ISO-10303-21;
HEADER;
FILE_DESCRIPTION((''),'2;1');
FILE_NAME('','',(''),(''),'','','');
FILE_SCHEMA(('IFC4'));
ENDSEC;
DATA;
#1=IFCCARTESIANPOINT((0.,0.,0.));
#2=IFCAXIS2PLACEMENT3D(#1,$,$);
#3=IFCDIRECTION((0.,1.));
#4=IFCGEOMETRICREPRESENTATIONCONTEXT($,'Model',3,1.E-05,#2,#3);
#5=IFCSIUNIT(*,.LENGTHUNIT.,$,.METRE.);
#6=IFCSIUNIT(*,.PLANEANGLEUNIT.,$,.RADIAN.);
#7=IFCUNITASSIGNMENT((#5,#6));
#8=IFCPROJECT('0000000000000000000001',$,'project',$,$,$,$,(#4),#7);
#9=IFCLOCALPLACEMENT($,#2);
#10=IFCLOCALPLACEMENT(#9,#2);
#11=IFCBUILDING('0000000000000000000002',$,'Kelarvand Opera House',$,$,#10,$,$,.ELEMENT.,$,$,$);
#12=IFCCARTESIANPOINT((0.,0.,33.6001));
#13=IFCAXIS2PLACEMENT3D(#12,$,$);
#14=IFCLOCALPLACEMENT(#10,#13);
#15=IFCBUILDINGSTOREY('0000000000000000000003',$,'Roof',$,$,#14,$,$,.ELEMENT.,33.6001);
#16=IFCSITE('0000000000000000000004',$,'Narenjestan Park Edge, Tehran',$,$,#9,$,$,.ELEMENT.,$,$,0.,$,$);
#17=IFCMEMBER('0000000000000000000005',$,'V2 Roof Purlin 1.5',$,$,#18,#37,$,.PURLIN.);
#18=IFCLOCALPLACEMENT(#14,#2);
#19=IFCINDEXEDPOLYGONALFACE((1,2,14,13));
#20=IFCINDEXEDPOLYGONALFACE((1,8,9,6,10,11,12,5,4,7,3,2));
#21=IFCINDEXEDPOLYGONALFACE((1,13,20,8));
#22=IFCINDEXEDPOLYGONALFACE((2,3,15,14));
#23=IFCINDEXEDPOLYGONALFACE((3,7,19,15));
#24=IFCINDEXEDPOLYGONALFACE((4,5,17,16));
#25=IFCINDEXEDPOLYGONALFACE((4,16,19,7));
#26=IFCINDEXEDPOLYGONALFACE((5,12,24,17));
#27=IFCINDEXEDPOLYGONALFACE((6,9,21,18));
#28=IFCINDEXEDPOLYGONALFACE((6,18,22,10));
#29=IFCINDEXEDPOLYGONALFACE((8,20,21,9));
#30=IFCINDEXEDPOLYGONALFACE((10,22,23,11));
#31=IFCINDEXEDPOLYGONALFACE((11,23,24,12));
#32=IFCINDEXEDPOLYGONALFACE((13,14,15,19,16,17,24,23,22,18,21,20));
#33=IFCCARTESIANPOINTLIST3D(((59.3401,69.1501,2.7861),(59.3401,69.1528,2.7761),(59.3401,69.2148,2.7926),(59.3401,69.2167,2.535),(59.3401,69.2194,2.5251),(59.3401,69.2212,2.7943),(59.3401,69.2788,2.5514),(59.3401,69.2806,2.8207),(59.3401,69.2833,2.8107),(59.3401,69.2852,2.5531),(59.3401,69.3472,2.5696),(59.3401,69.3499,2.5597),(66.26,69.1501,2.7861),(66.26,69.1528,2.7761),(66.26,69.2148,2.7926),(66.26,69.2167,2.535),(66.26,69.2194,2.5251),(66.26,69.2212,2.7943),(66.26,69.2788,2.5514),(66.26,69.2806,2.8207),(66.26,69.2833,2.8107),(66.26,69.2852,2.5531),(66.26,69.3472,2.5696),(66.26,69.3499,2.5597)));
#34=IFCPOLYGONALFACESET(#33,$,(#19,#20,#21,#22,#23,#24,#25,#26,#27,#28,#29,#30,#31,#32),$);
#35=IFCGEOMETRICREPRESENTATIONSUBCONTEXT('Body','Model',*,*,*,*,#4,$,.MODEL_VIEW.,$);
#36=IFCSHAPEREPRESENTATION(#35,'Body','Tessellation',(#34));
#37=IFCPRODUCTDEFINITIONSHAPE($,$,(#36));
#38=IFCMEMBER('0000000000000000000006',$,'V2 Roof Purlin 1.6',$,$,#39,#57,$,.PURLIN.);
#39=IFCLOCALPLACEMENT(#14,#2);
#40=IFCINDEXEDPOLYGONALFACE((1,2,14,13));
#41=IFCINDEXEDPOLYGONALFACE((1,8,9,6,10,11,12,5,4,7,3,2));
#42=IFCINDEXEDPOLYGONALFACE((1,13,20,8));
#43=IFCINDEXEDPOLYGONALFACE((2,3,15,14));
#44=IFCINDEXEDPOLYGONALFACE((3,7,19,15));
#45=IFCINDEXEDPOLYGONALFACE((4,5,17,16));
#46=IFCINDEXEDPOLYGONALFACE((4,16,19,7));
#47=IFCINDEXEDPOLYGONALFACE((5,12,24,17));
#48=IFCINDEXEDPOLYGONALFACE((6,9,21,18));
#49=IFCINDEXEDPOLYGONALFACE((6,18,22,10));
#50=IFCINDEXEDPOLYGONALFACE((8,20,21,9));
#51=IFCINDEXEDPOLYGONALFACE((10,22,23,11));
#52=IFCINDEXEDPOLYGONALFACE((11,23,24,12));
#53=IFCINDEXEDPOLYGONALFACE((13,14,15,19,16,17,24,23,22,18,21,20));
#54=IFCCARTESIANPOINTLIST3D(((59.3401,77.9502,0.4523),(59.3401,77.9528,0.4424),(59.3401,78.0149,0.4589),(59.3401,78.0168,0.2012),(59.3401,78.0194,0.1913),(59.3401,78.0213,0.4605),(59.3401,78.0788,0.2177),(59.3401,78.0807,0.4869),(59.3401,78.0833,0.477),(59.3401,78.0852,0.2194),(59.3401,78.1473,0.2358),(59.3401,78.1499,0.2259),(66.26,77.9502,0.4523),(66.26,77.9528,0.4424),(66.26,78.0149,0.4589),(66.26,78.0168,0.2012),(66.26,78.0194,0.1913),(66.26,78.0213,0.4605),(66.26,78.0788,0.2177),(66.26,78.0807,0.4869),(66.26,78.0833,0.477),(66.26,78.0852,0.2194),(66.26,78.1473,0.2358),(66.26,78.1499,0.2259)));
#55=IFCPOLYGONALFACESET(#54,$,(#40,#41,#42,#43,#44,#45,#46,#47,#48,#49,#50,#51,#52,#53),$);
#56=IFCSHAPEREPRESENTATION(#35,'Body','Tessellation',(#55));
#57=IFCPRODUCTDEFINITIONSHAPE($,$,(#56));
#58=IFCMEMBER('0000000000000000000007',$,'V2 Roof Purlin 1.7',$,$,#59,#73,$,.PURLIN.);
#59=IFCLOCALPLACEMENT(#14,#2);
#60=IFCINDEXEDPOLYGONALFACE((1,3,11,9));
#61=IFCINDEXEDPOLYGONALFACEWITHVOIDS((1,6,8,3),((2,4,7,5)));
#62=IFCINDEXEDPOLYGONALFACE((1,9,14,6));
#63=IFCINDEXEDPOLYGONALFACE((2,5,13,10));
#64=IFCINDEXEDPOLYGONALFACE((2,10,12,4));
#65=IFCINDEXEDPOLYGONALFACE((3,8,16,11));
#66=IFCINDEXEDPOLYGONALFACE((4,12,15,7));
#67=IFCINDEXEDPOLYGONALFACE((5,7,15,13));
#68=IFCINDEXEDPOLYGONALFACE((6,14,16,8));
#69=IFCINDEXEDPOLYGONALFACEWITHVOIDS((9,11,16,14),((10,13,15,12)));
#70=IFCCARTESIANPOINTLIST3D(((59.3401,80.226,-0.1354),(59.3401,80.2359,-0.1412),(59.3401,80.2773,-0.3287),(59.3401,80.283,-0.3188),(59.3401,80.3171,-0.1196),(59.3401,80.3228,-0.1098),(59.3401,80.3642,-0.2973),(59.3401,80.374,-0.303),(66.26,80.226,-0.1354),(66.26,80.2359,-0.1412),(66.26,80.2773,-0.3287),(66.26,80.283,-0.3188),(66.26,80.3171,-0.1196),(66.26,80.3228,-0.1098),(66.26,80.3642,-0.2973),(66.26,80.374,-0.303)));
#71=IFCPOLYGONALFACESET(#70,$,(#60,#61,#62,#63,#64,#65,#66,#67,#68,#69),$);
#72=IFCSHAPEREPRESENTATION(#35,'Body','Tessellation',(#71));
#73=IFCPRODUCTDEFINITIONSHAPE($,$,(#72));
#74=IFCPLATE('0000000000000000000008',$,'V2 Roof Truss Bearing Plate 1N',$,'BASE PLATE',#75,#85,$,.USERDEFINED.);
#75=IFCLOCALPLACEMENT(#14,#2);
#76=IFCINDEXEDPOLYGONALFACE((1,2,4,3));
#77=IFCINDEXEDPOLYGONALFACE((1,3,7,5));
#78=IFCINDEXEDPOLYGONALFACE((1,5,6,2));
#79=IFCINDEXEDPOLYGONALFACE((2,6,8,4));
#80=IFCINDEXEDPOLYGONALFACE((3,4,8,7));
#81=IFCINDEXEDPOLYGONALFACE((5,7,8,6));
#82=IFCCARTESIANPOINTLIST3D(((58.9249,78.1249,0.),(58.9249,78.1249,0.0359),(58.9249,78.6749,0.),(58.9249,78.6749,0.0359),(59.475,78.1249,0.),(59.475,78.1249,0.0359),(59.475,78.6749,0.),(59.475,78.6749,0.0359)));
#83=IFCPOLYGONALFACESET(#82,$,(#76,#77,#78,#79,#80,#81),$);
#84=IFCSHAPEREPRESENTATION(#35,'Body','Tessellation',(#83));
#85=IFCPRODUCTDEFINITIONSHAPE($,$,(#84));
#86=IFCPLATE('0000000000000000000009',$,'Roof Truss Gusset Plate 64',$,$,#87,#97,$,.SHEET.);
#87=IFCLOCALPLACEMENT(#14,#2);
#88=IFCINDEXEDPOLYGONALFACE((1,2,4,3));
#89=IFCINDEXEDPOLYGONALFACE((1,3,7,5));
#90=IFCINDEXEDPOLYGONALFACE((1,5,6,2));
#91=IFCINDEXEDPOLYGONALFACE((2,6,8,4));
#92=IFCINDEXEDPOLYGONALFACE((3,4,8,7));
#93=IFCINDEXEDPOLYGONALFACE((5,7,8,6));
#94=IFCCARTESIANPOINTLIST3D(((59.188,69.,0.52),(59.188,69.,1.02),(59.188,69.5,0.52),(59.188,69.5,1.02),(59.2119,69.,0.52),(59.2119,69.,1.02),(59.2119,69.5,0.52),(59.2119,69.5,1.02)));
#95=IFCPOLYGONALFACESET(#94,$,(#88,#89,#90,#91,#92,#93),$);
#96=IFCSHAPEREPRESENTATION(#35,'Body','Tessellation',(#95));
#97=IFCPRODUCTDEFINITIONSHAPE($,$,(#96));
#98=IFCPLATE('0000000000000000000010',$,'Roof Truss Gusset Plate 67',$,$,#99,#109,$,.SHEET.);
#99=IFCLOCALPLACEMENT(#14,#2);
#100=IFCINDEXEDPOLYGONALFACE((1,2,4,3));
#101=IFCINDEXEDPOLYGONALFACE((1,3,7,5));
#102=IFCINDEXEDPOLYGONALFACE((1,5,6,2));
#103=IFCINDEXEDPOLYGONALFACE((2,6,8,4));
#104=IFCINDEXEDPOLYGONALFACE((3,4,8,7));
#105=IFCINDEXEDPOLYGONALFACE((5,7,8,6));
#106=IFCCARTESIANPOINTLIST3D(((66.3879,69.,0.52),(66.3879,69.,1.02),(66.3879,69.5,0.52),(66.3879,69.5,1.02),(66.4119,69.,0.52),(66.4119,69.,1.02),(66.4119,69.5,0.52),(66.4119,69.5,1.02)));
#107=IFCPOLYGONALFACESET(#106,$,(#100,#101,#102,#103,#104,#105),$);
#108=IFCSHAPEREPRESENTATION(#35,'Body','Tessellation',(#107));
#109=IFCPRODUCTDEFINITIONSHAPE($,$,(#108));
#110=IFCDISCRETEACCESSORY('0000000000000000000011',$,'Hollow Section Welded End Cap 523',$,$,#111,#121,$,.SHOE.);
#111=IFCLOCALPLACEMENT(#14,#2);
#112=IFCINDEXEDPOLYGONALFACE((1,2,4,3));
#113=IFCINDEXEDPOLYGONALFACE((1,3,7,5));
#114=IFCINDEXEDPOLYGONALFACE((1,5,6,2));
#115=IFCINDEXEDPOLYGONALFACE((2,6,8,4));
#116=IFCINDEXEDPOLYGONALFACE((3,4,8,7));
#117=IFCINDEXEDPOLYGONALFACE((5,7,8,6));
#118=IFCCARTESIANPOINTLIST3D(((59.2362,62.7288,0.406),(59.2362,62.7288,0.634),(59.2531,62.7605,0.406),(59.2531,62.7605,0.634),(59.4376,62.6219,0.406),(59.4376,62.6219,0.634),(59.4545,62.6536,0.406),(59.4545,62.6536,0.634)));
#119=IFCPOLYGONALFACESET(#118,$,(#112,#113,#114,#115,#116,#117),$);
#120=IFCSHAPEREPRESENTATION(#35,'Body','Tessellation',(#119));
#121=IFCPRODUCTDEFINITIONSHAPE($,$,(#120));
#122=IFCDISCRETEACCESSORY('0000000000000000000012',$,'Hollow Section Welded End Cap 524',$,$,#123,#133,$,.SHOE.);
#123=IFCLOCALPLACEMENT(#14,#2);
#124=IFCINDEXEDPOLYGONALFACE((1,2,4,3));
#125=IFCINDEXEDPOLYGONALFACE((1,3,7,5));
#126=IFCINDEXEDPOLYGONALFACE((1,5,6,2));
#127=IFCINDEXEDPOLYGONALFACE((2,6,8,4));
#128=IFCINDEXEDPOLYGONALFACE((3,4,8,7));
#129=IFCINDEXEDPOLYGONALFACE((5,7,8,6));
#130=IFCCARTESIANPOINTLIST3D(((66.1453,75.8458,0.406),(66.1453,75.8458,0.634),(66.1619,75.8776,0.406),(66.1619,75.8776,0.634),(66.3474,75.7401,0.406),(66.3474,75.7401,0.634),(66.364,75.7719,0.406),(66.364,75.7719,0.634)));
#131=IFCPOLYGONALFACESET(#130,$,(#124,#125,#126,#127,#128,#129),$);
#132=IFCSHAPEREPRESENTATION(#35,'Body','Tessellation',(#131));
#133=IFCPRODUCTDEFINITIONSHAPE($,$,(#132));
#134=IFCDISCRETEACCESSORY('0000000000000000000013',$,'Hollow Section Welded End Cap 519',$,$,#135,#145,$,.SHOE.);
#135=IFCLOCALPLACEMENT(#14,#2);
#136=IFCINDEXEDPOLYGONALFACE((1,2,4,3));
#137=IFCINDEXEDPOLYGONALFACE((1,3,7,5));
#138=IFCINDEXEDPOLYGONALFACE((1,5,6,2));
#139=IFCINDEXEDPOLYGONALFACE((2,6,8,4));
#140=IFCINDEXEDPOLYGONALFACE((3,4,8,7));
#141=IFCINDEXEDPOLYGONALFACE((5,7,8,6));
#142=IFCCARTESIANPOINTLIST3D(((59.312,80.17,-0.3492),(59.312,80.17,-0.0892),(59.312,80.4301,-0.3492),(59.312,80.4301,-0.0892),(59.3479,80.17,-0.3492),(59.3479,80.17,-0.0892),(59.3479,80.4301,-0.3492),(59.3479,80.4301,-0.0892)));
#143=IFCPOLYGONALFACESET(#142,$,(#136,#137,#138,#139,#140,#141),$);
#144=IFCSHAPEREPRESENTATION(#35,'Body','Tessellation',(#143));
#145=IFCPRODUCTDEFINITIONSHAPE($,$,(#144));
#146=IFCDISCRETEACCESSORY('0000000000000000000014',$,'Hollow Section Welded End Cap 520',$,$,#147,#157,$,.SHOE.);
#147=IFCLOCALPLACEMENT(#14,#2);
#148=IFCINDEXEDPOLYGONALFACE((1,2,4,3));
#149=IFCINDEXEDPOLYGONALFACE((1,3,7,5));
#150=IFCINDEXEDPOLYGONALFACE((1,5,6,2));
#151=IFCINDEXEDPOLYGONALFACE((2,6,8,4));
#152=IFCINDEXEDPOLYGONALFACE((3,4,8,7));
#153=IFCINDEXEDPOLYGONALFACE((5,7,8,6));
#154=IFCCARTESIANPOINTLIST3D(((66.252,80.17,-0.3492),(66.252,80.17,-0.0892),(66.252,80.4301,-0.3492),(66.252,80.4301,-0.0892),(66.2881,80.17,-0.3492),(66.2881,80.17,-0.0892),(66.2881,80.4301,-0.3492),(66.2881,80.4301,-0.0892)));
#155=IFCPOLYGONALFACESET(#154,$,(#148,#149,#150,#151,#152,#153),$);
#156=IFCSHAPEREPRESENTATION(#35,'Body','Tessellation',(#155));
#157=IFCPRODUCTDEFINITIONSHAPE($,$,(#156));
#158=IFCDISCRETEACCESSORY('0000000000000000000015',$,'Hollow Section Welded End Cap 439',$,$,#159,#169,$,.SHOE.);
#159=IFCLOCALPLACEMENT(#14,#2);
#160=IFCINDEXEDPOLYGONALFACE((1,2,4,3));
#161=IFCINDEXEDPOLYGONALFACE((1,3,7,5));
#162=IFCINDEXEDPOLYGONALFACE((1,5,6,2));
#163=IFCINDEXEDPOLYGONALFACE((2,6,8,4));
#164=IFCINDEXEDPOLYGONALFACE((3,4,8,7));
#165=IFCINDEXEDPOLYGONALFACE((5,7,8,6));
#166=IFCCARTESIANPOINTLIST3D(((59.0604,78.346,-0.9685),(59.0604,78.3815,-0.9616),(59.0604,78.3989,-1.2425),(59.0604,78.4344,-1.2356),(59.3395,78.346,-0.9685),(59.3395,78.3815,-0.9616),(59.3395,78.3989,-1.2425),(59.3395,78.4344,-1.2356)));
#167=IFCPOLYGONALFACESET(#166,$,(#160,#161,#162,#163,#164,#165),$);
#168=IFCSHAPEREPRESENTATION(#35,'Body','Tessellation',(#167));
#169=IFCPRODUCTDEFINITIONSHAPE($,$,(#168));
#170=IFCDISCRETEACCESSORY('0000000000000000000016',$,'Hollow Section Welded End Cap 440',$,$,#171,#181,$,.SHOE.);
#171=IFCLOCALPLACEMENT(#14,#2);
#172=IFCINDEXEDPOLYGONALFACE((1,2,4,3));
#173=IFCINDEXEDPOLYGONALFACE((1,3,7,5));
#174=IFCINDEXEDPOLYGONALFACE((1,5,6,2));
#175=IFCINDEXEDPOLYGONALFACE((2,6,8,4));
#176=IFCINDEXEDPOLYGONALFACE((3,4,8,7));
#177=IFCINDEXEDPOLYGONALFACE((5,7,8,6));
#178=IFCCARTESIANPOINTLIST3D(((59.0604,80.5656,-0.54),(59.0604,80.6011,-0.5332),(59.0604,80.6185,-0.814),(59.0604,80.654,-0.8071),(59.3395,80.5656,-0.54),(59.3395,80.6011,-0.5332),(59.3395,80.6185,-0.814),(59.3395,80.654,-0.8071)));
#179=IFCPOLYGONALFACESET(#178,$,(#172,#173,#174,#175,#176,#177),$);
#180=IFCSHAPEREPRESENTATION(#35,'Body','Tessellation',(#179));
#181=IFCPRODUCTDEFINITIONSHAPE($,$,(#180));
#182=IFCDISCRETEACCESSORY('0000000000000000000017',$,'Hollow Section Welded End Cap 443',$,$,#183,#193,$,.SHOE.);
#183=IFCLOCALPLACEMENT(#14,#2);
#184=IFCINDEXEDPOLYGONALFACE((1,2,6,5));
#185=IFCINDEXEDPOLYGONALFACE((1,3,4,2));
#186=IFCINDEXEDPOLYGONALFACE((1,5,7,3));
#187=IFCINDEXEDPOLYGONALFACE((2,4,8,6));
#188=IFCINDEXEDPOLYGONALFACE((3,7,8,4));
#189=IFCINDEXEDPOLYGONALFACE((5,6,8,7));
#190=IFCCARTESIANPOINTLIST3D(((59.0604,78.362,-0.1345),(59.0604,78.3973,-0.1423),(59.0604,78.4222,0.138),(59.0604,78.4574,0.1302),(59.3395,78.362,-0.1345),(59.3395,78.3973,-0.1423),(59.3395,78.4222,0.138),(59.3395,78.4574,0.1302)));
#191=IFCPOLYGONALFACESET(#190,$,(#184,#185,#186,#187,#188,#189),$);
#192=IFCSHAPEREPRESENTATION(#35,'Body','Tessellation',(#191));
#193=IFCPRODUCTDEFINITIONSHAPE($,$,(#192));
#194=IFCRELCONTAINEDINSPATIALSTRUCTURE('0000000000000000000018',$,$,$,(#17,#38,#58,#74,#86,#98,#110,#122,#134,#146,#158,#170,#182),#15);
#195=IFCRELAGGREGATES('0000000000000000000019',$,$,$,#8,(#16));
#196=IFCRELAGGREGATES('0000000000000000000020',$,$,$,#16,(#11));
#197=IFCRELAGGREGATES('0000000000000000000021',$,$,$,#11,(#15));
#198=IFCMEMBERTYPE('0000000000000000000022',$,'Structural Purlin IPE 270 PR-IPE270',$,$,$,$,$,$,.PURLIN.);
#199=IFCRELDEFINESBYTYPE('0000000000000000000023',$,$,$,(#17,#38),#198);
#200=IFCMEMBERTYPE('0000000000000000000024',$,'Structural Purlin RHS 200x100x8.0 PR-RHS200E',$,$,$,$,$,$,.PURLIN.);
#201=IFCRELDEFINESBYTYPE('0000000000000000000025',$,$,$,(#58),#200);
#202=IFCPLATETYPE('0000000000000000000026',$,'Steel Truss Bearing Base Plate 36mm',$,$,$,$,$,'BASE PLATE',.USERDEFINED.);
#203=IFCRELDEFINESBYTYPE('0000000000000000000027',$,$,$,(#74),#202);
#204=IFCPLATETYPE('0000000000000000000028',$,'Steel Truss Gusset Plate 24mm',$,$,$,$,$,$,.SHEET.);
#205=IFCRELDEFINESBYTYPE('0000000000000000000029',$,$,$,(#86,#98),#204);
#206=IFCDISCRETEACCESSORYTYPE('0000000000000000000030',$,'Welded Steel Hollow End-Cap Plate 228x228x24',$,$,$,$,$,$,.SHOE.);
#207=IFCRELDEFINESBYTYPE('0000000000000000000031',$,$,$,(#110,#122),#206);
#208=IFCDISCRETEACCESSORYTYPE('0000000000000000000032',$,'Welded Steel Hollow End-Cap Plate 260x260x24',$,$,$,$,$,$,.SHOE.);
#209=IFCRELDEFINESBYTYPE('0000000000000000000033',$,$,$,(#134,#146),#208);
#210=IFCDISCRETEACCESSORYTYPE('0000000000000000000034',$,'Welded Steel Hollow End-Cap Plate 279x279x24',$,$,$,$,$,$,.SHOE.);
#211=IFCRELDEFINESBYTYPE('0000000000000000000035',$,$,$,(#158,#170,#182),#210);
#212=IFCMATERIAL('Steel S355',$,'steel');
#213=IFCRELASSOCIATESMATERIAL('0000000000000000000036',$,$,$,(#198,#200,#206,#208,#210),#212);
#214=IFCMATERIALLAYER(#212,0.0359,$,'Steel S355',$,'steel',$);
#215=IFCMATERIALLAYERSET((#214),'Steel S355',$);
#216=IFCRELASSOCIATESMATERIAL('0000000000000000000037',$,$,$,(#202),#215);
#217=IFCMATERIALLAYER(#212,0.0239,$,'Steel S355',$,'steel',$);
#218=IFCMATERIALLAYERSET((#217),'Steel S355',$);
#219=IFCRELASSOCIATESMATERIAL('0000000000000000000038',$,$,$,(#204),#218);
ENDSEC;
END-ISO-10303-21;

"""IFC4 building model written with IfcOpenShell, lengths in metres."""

from ifc_helpers import new_model, si_unit, direction, frame, origin, origin_2d, place, context, subcontext, project, spatial, rectangle, hollow_rectangle, i_section, extrude, material, layer, layer_set, material_profile, profile_set, type_object, element, save


model = new_model("IFC4")

# Units and contexts
model_context = context("Model", 3, precision=1e-05, world=origin(), true_north=direction((0.0, 1.0)))
body_context = subcontext(model_context, "Body", "Model", "MODEL_VIEW")
ifc_project = project(units=[si_unit("LENGTHUNIT", "METRE"), si_unit("PLANEANGLEUNIT", "RADIAN")], contexts=[model_context])

# Site, building, storey
site_placement = place(None, origin())
site = spatial("IfcSite", under=ifc_project, at=site_placement, Name="Narenjestan Park Edge, Tehran", CompositionType="ELEMENT", RefElevation=0.0)
building_placement = place(site_placement, origin())
building = spatial("IfcBuilding", under=site, at=building_placement, Name="Kelarvand Opera House", CompositionType="ELEMENT")
storey_placement = place(building_placement, frame((0.0, 0.0, 33.6001)))
storey = spatial("IfcBuildingStorey", under=building, at=storey_placement, Name="Roof", CompositionType="ELEMENT", Elevation=33.6001)

# Members
ifc_material = material(Name="Steel S355", Category="steel")
ifc_material_profile_1 = material_profile(ifc_material, i_section(OverallWidth=0.135, OverallDepth=0.27, WebThickness=0.0066, FlangeThickness=0.0103, at=origin_2d()), Name="IPE 270", Category="steel")
ifc_profile_set_1 = profile_set([ifc_material_profile_1], Name="Steel S355")
member_type_1 = type_object("IfcMemberType", Name="Structural Purlin IPE 270 PR-IPE270", PredefinedType="PURLIN", material=ifc_profile_set_1)
for number, where, z_axis, x_axis, name in (
    (1, (59.3401, 69.25, 2.6729), (1.0, 0.0, 0.0), (0.0, 0.9666, 0.256289), "V2 Roof Purlin 1.5"),
    (2, (59.3401, 78.05, 0.3391), (1.0, 0.0, 0.0), (0.0, 0.9666, 0.256289), "V2 Roof Purlin 1.6"),
):
    element("IfcMember", number, at=place(storey_placement, frame(where, z_axis=z_axis, x_axis=x_axis)), inside=storey, type_object=member_type_1, Name=name, PredefinedType="PURLIN", context=body_context, shape_type="SweptSolid", body=[
        extrude(i_section(OverallWidth=0.135, OverallDepth=0.27, WebThickness=0.0066, FlangeThickness=0.0103, at=origin_2d()), origin(), (0.0, 0.0, 1.0), 6.9199),
    ])
ifc_material_profile_2 = material_profile(ifc_material, hollow_rectangle(XDim=0.1001, YDim=0.2, WallThickness=0.0081, at=origin_2d()), Name="RHS 200x100x8.0", Category="steel")
ifc_profile_set_2 = profile_set([ifc_material_profile_2], Name="Steel S355")
member_type_2 = type_object("IfcMemberType", Name="Structural Purlin RHS 200x100x8.0 PR-RHS200E", PredefinedType="PURLIN", material=ifc_profile_set_2)
member_1_placement = place(storey_placement, frame((59.3401, 80.3, -0.2192), z_axis=(1.0, 0.0, 0.0), x_axis=(0.0, 0.9666, 0.256289)))
element("IfcMember", 3, at=member_1_placement, inside=storey, type_object=member_type_2, Name="V2 Roof Purlin 1.7", PredefinedType="PURLIN", context=body_context, shape_type="SweptSolid", body=[
    extrude(hollow_rectangle(XDim=0.1001, YDim=0.2, WallThickness=0.0081, at=origin_2d()), origin(), (0.0, 0.0, 1.0), 6.9199),
])

# Plates
ifc_layer_1 = layer(ifc_material, 0.0359, Name="Steel S355", Category="steel")
ifc_layer_set_1 = layer_set([ifc_layer_1], Name="Steel S355")
plate_type_1 = type_object("IfcPlateType", Name="Steel Truss Bearing Base Plate 36mm", ElementType="BASE PLATE", PredefinedType="USERDEFINED", material=ifc_layer_set_1)
plate_placement = place(storey_placement, frame((59.2, 78.3999, 0.0), z_axis=(0.0, 0.0, 1.0), x_axis=(1.0, 0.0, 0.0)))
element("IfcPlate", 4, at=plate_placement, inside=storey, type_object=plate_type_1, Name="V2 Roof Truss Bearing Plate 1N", ObjectType="BASE PLATE", PredefinedType="USERDEFINED", context=body_context, shape_type="SweptSolid", body=[
    extrude(rectangle(XDim=0.55, YDim=0.55, at=origin_2d()), origin(), (0.0, 0.0, 1.0), 0.0359),
])
ifc_layer_2 = layer(ifc_material, 0.0239, Name="Steel S355", Category="steel")
ifc_layer_set_2 = layer_set([ifc_layer_2], Name="Steel S355")
plate_type_2 = type_object("IfcPlateType", Name="Steel Truss Gusset Plate 24mm", PredefinedType="SHEET", material=ifc_layer_set_2)
for number, where, z_axis, x_axis, name in (
    (5, (59.2, 69.25, 0.52), (0.0, 0.0, 1.0), (1.0, 0.0, 0.0), "Roof Truss Gusset Plate 64"),
    (6, (66.3999, 69.25, 0.52), (0.0, 0.0, 1.0), (1.0, 0.0, 0.0), "Roof Truss Gusset Plate 67"),
):
    element("IfcPlate", number, at=place(storey_placement, frame(where, z_axis=z_axis, x_axis=x_axis)), inside=storey, type_object=plate_type_2, Name=name, PredefinedType="SHEET", context=body_context, shape_type="SweptSolid", body=[
        extrude(rectangle(XDim=0.0239, YDim=0.5, at=origin_2d()), origin(), (0.0, 0.0, 1.0), 0.5),
    ])

# Discrete accessories
ifc_material_profile_3 = material_profile(ifc_material, rectangle(XDim=0.228, YDim=0.228, at=origin_2d()), Name="Welded Steel Hollow End-Cap Plate 228x228x24", Category="steel")
ifc_profile_set_3 = profile_set([ifc_material_profile_3], Name="Steel S355")
discrete_accessory_type_1 = type_object("IfcDiscreteAccessoryType", Name="Welded Steel Hollow End-Cap Plate 228x228x24", PredefinedType="SHOE", material=ifc_profile_set_3)
for number, where, z_axis, x_axis, name in (
    (7, (59.3538, 62.707, 0.52), (-0.468824, -0.883292, 0.0), (0.883292, -0.468824, 0.0), "Hollow Section Welded End Cap 523"),
    (8, (66.2463, 75.793, 0.52), (0.463498, 0.886098, 0.0), (-0.886098, 0.463498, 0.0), "Hollow Section Welded End Cap 524"),
):
    element("IfcDiscreteAccessory", number, at=place(storey_placement, frame(where, z_axis=z_axis, x_axis=x_axis)), inside=storey, type_object=discrete_accessory_type_1, Name=name, PredefinedType="SHOE", context=body_context, shape_type="SweptSolid", body=[
        extrude(rectangle(XDim=0.228, YDim=0.228, at=origin_2d()), origin(), (0.0, 0.0, 1.0), 0.0359),
    ])
ifc_material_profile_4 = material_profile(ifc_material, rectangle(XDim=0.26, YDim=0.26, at=origin_2d()), Name="Welded Steel Hollow End-Cap Plate 260x260x24", Category="steel")
ifc_profile_set_4 = profile_set([ifc_material_profile_4], Name="Steel S355")
discrete_accessory_type_2 = type_object("IfcDiscreteAccessoryType", Name="Welded Steel Hollow End-Cap Plate 260x260x24", PredefinedType="SHOE", material=ifc_profile_set_4)
discrete_accessory_1_placement = place(storey_placement, frame((59.3479, 80.3, -0.2192), z_axis=(-1.0, 0.0, 0.0), x_axis=(0.0, -1.0, 0.0)))
element("IfcDiscreteAccessory", 9, at=discrete_accessory_1_placement, inside=storey, type_object=discrete_accessory_type_2, Name="Hollow Section Welded End Cap 519", PredefinedType="SHOE", context=body_context, shape_type="SweptSolid", body=[
    extrude(rectangle(XDim=0.26, YDim=0.26, at=origin_2d()), origin(), (0.0, 0.0, 1.0), 0.0359),
])
discrete_accessory_2_placement = place(storey_placement, frame((66.252, 80.3, -0.2192), z_axis=(1.0, 0.0, 0.0), x_axis=(0.0, 1.0, 0.0)))
element("IfcDiscreteAccessory", 10, at=discrete_accessory_2_placement, inside=storey, type_object=discrete_accessory_type_2, Name="Hollow Section Welded End Cap 520", PredefinedType="SHOE", context=body_context, shape_type="SweptSolid", body=[
    extrude(rectangle(XDim=0.26, YDim=0.26, at=origin_2d()), origin(), (0.0, 0.0, 1.0), 0.0361),
])
ifc_material_profile_5 = material_profile(ifc_material, rectangle(XDim=0.2791, YDim=0.2791, at=origin_2d()), Name="Welded Steel Hollow End-Cap Plate 279x279x24", Category="steel")
ifc_profile_set_5 = profile_set([ifc_material_profile_5], Name="Steel S355")
discrete_accessory_type_3 = type_object("IfcDiscreteAccessoryType", Name="Welded Steel Hollow End-Cap Plate 279x279x24", PredefinedType="SHOE", material=ifc_profile_set_5)
for number, where, z_axis, x_axis, name in (
    (11, (59.2, 78.408, -1.0986), (0.0, -0.981861, -0.189601), (1.0, 0.0, 0.0), "Hollow Section Welded End Cap 439"),
    (12, (59.2, 80.592, -0.677), (0.0, 0.981861, 0.189601), (-1.0, 0.0, 0.0), "Hollow Section Welded End Cap 440"),
    (13, (59.2, 78.3921, 0.0017), (0.0, 0.976503, -0.215504), (-1.0, 0.0, 0.0), "Hollow Section Welded End Cap 443"),
):
    element("IfcDiscreteAccessory", number, at=place(storey_placement, frame(where, z_axis=z_axis, x_axis=x_axis)), inside=storey, type_object=discrete_accessory_type_3, Name=name, PredefinedType="SHOE", context=body_context, shape_type="SweptSolid", body=[
        extrude(rectangle(XDim=0.2791, YDim=0.2791, at=origin_2d()), origin(), (0.0, 0.0, 1.0), 0.0361),
    ])

save(model, "model.ifc")
